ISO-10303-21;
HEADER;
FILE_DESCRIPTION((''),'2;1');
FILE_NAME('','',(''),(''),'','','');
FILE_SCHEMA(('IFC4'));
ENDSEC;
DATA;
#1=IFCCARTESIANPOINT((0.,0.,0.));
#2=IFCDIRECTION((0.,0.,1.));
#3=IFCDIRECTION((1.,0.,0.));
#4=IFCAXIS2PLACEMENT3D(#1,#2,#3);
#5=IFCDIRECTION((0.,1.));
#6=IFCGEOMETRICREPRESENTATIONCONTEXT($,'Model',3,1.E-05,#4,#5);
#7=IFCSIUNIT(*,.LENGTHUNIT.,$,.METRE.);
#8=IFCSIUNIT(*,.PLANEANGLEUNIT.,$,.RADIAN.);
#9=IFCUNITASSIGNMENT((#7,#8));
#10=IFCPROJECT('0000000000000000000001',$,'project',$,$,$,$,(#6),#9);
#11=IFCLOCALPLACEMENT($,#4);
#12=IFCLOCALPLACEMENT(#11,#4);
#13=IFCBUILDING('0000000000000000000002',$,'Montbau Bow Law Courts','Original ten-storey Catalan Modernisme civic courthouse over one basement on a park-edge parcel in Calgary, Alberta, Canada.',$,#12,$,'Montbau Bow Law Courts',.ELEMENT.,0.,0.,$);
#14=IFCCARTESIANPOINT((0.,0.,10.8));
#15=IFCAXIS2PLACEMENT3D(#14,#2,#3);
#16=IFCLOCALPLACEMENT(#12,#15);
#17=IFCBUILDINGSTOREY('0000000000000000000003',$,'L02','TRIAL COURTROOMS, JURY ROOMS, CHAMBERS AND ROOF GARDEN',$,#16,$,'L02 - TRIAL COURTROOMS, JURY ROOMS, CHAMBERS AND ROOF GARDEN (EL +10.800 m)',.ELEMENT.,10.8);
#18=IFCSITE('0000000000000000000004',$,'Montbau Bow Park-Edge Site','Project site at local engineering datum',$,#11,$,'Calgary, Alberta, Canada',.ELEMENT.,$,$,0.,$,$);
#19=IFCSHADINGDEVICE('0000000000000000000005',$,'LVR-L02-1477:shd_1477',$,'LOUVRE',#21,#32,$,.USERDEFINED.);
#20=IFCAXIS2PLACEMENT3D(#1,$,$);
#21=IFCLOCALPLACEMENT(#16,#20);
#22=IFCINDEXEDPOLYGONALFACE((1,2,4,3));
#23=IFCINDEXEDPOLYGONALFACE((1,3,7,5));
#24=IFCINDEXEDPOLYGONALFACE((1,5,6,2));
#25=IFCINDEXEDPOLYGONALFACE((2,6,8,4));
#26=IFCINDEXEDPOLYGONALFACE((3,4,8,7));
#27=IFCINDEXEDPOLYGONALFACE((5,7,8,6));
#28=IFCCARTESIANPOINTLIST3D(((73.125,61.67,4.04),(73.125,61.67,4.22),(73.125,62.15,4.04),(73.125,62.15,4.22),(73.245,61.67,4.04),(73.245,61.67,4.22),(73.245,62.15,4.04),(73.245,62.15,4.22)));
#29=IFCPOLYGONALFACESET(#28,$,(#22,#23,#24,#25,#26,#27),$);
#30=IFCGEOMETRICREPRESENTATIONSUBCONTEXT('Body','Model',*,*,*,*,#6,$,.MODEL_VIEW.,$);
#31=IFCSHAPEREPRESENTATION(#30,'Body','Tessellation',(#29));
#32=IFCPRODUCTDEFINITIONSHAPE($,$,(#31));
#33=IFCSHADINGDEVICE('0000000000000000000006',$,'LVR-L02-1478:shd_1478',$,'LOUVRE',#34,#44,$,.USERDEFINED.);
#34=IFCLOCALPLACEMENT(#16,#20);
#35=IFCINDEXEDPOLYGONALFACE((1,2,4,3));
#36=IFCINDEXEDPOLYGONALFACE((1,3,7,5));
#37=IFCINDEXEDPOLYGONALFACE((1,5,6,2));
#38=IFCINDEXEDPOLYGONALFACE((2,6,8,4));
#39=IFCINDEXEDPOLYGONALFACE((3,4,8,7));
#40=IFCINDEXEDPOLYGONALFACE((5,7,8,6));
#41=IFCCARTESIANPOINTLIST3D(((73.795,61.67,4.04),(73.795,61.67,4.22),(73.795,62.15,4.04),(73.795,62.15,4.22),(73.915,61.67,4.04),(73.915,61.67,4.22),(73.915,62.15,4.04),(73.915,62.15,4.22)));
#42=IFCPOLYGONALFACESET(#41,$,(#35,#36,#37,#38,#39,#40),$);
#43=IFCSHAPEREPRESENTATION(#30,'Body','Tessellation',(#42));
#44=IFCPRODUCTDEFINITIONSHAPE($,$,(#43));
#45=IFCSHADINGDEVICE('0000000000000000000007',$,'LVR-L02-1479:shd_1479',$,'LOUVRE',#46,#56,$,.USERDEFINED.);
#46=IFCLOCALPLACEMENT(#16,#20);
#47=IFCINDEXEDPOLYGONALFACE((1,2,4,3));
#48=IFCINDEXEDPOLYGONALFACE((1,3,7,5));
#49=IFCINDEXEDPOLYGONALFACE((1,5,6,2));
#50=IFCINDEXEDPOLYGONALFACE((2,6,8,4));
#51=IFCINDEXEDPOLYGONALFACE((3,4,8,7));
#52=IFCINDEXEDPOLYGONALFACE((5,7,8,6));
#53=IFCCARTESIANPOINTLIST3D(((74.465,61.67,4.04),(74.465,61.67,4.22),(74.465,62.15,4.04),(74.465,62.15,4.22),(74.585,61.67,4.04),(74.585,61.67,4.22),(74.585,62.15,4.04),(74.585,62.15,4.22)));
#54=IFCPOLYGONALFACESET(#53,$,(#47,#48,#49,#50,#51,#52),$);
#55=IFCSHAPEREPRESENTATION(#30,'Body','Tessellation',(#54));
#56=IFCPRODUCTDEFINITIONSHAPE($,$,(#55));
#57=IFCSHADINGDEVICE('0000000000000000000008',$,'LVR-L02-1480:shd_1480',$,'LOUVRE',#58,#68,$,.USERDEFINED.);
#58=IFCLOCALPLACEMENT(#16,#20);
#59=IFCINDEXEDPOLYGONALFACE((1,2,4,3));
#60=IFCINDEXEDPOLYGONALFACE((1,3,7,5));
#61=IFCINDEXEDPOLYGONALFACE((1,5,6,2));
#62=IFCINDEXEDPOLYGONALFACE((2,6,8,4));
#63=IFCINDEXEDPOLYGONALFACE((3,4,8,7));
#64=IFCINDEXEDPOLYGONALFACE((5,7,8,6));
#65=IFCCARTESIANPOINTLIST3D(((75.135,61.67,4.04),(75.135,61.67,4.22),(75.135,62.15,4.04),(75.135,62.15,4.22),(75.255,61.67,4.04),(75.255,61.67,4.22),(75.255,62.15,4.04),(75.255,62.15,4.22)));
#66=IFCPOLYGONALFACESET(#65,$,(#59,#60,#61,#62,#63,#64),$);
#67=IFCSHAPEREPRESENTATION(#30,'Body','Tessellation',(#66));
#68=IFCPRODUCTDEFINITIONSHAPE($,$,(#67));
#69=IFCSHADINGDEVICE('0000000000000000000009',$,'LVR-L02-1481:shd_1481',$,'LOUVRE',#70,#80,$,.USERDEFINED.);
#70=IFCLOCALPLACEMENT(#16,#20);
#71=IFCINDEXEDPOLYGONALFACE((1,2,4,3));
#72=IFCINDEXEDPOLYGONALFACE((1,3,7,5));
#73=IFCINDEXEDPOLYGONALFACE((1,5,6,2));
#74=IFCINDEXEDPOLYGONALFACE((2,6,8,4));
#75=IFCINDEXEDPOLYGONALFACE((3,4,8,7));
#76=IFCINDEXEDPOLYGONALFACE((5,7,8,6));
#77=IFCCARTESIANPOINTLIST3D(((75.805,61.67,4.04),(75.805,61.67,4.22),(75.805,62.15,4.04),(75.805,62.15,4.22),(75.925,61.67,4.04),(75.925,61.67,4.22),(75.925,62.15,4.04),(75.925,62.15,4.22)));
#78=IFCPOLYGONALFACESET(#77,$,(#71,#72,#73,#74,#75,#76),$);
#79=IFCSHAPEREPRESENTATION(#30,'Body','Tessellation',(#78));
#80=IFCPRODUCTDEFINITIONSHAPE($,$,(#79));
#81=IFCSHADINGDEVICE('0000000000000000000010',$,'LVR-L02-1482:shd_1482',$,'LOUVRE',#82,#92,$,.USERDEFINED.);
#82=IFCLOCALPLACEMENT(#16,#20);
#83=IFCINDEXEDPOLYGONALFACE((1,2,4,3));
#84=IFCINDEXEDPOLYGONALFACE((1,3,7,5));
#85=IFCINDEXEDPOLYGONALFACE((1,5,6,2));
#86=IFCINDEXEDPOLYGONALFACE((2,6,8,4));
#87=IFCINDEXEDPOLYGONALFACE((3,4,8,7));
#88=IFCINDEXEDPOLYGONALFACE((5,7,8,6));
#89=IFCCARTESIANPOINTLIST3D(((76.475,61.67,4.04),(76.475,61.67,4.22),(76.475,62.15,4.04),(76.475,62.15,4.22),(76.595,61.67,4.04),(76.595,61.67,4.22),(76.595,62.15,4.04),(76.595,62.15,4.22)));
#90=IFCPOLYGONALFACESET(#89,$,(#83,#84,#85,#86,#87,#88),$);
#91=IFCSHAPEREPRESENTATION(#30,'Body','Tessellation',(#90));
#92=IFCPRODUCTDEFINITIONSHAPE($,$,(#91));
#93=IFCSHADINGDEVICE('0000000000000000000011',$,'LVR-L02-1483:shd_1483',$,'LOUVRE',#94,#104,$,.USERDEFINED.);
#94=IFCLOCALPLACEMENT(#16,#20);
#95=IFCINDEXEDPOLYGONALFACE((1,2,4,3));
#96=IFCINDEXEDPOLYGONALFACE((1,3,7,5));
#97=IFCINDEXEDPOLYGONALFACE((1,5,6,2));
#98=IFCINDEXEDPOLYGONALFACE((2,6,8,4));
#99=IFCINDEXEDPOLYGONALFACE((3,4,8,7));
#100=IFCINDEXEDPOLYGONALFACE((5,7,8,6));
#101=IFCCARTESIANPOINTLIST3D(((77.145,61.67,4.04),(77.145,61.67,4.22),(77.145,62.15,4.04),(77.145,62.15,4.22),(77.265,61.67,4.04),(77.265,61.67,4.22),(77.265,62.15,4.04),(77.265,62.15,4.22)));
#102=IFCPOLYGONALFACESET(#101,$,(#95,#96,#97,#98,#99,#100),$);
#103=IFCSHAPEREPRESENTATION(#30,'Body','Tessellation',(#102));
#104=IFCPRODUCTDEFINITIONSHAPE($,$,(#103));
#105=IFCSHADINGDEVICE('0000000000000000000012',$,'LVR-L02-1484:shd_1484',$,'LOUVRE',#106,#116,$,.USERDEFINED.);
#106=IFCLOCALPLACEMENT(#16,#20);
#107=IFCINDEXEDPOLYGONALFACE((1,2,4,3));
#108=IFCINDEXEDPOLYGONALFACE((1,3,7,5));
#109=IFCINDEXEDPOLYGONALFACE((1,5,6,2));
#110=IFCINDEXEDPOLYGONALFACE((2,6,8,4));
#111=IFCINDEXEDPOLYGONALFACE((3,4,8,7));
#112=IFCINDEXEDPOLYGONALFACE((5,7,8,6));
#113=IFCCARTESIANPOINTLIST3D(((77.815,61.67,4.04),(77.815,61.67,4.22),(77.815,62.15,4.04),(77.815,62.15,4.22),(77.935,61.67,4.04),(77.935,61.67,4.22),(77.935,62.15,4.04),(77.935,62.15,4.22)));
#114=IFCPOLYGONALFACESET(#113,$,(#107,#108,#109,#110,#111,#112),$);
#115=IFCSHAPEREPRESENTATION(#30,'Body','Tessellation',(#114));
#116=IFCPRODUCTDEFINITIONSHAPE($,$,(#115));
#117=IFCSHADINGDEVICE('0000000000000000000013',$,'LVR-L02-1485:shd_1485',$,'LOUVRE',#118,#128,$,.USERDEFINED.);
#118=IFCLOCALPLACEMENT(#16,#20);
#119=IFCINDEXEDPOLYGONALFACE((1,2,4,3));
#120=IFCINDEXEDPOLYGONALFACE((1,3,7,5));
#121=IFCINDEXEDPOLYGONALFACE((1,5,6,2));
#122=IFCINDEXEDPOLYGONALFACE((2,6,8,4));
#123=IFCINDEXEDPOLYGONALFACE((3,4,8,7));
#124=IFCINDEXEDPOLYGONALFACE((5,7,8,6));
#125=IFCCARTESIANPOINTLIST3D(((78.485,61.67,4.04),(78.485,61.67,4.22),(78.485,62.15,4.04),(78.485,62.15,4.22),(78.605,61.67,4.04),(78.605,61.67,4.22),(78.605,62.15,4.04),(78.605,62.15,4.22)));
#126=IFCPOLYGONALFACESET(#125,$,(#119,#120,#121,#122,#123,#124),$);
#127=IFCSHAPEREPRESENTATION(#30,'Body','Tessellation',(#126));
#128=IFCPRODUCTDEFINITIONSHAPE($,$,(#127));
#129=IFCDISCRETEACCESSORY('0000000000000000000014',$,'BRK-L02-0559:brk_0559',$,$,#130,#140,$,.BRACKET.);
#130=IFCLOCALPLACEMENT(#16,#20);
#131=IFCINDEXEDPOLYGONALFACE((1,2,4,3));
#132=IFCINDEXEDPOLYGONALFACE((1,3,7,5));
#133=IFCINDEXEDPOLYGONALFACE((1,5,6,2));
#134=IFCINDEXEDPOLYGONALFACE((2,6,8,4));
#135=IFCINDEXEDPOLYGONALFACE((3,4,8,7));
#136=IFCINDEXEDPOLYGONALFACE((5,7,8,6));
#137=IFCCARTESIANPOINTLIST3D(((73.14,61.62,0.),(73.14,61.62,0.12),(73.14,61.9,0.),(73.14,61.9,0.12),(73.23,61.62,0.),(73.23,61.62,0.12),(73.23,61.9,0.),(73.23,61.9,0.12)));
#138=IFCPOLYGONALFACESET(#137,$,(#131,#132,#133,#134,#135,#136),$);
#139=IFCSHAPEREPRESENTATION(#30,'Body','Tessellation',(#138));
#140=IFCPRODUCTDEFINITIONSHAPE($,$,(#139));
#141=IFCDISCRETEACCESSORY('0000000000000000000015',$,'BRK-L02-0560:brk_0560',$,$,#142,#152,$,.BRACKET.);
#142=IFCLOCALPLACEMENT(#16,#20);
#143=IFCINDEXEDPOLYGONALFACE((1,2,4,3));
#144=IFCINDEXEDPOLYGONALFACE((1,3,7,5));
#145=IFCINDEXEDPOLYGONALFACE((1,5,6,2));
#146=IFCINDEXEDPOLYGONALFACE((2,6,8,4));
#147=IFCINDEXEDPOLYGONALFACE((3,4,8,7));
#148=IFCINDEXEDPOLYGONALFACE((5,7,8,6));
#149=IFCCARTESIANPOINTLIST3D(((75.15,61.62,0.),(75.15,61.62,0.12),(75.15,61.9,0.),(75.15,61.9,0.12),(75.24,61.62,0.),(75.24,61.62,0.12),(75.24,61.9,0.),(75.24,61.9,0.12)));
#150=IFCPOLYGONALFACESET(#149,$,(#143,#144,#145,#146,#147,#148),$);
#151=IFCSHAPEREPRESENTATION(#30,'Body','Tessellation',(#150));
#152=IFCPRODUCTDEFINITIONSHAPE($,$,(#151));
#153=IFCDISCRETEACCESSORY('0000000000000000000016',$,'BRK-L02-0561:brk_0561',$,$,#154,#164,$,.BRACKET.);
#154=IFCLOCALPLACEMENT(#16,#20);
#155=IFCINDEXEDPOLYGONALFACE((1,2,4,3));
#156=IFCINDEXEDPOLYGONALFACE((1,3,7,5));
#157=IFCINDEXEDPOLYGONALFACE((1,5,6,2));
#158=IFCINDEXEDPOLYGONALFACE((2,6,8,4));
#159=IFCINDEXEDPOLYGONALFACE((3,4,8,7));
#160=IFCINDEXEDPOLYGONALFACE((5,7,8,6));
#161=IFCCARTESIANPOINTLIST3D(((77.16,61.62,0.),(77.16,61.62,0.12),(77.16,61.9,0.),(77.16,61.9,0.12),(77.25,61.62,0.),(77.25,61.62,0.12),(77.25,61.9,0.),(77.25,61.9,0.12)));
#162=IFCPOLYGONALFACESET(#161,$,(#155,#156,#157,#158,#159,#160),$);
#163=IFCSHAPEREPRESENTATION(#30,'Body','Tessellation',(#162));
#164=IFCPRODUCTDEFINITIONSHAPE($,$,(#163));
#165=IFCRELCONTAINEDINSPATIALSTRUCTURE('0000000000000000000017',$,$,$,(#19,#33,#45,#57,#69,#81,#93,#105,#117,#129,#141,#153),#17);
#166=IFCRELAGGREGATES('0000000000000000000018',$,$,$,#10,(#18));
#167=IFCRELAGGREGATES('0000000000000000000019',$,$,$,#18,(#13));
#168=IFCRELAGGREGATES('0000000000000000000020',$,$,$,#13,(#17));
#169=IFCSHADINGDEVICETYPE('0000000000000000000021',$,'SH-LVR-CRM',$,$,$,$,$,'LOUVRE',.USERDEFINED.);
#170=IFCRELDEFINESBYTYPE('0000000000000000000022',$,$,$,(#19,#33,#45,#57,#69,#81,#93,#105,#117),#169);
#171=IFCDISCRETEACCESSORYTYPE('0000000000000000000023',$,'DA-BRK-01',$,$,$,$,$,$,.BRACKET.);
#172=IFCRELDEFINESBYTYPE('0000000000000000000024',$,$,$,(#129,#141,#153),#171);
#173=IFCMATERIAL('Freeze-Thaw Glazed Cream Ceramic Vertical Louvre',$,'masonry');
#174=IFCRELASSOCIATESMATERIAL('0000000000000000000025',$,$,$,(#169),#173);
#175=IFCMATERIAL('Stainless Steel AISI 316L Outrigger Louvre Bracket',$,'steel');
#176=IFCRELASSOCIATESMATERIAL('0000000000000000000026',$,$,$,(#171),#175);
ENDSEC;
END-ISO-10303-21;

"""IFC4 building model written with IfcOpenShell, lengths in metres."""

from ifc_helpers import new_model, si_unit, direction, frame, origin_with_axes, origin_2d_with_axis, place, context, subcontext, project, spatial, rectangle, extrude, material, type_object, element, save


model = new_model("IFC4")

# Units and contexts
model_context = context("Model", 3, precision=1e-05, world=origin_with_axes(), true_north=direction((0.0, 1.0)))
body_context = subcontext(model_context, "Body", "Model", "MODEL_VIEW")
ifc_project = project(units=[si_unit("LENGTHUNIT", "METRE"), si_unit("PLANEANGLEUNIT", "RADIAN")], contexts=[model_context])

# Site, building, storey
site_placement = place(None, origin_with_axes())
site = spatial("IfcSite", under=ifc_project, at=site_placement, Name="Montbau Bow Park-Edge Site", Description="Project site at local engineering datum", LongName="Calgary, Alberta, Canada", CompositionType="ELEMENT", RefElevation=0.0)
building_placement = place(site_placement, origin_with_axes())
building = spatial("IfcBuilding", under=site, at=building_placement, Name="Montbau Bow Law Courts", Description="Original ten-storey Catalan Modernisme civic courthouse over one basement on a park-edge parcel in Calgary, Alberta, Canada.", LongName="Montbau Bow Law Courts", CompositionType="ELEMENT", ElevationOfRefHeight=0.0, ElevationOfTerrain=0.0)
storey_placement = place(building_placement, frame((0.0, 0.0, 10.8), z_axis=(0.0, 0.0, 1.0), x_axis=(1.0, 0.0, 0.0)))
storey = spatial("IfcBuildingStorey", under=building, at=storey_placement, Name="L02", Description="TRIAL COURTROOMS, JURY ROOMS, CHAMBERS AND ROOF GARDEN", LongName="L02 - TRIAL COURTROOMS, JURY ROOMS, CHAMBERS AND ROOF GARDEN (EL +10.800 m)", CompositionType="ELEMENT", Elevation=10.8)

# Shading devices
ifc_material_1 = material(Name="Freeze-Thaw Glazed Cream Ceramic Vertical Louvre", Category="masonry")
shading_device_type = type_object("IfcShadingDeviceType", Name="SH-LVR-CRM", ElementType="LOUVRE", PredefinedType="USERDEFINED", material=ifc_material_1)
for number, where, z_axis, x_axis, name in (
    (1, (73.185, 61.91, 14.84), (0.0, 0.0, 1.0), (0.0, 1.0, 0.0), "LVR-L02-1477:shd_1477"),
    (2, (73.855, 61.91, 14.84), (0.0, 0.0, 1.0), (0.0, 1.0, 0.0), "LVR-L02-1478:shd_1478"),
    (3, (74.525, 61.91, 14.84), (0.0, 0.0, 1.0), (0.0, 1.0, 0.0), "LVR-L02-1479:shd_1479"),
    (4, (75.195, 61.91, 14.84), (0.0, 0.0, 1.0), (0.0, 1.0, 0.0), "LVR-L02-1480:shd_1480"),
    (5, (75.865, 61.91, 14.84), (0.0, 0.0, 1.0), (0.0, 1.0, 0.0), "LVR-L02-1481:shd_1481"),
    (6, (76.535, 61.91, 14.84), (0.0, 0.0, 1.0), (0.0, 1.0, 0.0), "LVR-L02-1482:shd_1482"),
    (7, (77.205, 61.91, 14.84), (0.0, 0.0, 1.0), (0.0, 1.0, 0.0), "LVR-L02-1483:shd_1483"),
    (8, (77.875, 61.91, 14.84), (0.0, 0.0, 1.0), (0.0, 1.0, 0.0), "LVR-L02-1484:shd_1484"),
    (9, (78.545, 61.91, 14.84), (0.0, 0.0, 1.0), (0.0, 1.0, 0.0), "LVR-L02-1485:shd_1485"),
):
    element("IfcShadingDevice", number, at=place(None, frame(where, z_axis=z_axis, x_axis=x_axis)), inside=storey, type_object=shading_device_type, Name=name, ObjectType="LOUVRE", PredefinedType="USERDEFINED", context=body_context, shape_type="SweptSolid", body=[
        extrude(rectangle(XDim=0.48, YDim=0.12, at=origin_2d_with_axis()), origin_with_axes(), (0.0, 0.0, 1.0), 0.18),
    ])

# Discrete accessories
ifc_material_2 = material(Name="Stainless Steel AISI 316L Outrigger Louvre Bracket", Category="steel")
discrete_accessory_type = type_object("IfcDiscreteAccessoryType", Name="DA-BRK-01", PredefinedType="BRACKET", material=ifc_material_2)
for number, where, z_axis, x_axis, name in (
    (10, (73.185, 61.76, 10.8), (0.0, 0.0, 1.0), (0.0, 1.0, 0.0), "BRK-L02-0559:brk_0559"),
    (11, (75.195, 61.76, 10.8), (0.0, 0.0, 1.0), (0.0, 1.0, 0.0), "BRK-L02-0560:brk_0560"),
    (12, (77.205, 61.76, 10.8), (0.0, 0.0, 1.0), (0.0, 1.0, 0.0), "BRK-L02-0561:brk_0561"),
):
    element("IfcDiscreteAccessory", number, at=place(None, frame(where, z_axis=z_axis, x_axis=x_axis)), inside=storey, type_object=discrete_accessory_type, Name=name, PredefinedType="BRACKET", context=body_context, shape_type="SweptSolid", body=[
        extrude(rectangle(XDim=0.28, YDim=0.09, at=origin_2d_with_axis()), origin_with_axes(), (0.0, 0.0, 1.0), 0.12),
    ])

save(model, "model.ifc")
